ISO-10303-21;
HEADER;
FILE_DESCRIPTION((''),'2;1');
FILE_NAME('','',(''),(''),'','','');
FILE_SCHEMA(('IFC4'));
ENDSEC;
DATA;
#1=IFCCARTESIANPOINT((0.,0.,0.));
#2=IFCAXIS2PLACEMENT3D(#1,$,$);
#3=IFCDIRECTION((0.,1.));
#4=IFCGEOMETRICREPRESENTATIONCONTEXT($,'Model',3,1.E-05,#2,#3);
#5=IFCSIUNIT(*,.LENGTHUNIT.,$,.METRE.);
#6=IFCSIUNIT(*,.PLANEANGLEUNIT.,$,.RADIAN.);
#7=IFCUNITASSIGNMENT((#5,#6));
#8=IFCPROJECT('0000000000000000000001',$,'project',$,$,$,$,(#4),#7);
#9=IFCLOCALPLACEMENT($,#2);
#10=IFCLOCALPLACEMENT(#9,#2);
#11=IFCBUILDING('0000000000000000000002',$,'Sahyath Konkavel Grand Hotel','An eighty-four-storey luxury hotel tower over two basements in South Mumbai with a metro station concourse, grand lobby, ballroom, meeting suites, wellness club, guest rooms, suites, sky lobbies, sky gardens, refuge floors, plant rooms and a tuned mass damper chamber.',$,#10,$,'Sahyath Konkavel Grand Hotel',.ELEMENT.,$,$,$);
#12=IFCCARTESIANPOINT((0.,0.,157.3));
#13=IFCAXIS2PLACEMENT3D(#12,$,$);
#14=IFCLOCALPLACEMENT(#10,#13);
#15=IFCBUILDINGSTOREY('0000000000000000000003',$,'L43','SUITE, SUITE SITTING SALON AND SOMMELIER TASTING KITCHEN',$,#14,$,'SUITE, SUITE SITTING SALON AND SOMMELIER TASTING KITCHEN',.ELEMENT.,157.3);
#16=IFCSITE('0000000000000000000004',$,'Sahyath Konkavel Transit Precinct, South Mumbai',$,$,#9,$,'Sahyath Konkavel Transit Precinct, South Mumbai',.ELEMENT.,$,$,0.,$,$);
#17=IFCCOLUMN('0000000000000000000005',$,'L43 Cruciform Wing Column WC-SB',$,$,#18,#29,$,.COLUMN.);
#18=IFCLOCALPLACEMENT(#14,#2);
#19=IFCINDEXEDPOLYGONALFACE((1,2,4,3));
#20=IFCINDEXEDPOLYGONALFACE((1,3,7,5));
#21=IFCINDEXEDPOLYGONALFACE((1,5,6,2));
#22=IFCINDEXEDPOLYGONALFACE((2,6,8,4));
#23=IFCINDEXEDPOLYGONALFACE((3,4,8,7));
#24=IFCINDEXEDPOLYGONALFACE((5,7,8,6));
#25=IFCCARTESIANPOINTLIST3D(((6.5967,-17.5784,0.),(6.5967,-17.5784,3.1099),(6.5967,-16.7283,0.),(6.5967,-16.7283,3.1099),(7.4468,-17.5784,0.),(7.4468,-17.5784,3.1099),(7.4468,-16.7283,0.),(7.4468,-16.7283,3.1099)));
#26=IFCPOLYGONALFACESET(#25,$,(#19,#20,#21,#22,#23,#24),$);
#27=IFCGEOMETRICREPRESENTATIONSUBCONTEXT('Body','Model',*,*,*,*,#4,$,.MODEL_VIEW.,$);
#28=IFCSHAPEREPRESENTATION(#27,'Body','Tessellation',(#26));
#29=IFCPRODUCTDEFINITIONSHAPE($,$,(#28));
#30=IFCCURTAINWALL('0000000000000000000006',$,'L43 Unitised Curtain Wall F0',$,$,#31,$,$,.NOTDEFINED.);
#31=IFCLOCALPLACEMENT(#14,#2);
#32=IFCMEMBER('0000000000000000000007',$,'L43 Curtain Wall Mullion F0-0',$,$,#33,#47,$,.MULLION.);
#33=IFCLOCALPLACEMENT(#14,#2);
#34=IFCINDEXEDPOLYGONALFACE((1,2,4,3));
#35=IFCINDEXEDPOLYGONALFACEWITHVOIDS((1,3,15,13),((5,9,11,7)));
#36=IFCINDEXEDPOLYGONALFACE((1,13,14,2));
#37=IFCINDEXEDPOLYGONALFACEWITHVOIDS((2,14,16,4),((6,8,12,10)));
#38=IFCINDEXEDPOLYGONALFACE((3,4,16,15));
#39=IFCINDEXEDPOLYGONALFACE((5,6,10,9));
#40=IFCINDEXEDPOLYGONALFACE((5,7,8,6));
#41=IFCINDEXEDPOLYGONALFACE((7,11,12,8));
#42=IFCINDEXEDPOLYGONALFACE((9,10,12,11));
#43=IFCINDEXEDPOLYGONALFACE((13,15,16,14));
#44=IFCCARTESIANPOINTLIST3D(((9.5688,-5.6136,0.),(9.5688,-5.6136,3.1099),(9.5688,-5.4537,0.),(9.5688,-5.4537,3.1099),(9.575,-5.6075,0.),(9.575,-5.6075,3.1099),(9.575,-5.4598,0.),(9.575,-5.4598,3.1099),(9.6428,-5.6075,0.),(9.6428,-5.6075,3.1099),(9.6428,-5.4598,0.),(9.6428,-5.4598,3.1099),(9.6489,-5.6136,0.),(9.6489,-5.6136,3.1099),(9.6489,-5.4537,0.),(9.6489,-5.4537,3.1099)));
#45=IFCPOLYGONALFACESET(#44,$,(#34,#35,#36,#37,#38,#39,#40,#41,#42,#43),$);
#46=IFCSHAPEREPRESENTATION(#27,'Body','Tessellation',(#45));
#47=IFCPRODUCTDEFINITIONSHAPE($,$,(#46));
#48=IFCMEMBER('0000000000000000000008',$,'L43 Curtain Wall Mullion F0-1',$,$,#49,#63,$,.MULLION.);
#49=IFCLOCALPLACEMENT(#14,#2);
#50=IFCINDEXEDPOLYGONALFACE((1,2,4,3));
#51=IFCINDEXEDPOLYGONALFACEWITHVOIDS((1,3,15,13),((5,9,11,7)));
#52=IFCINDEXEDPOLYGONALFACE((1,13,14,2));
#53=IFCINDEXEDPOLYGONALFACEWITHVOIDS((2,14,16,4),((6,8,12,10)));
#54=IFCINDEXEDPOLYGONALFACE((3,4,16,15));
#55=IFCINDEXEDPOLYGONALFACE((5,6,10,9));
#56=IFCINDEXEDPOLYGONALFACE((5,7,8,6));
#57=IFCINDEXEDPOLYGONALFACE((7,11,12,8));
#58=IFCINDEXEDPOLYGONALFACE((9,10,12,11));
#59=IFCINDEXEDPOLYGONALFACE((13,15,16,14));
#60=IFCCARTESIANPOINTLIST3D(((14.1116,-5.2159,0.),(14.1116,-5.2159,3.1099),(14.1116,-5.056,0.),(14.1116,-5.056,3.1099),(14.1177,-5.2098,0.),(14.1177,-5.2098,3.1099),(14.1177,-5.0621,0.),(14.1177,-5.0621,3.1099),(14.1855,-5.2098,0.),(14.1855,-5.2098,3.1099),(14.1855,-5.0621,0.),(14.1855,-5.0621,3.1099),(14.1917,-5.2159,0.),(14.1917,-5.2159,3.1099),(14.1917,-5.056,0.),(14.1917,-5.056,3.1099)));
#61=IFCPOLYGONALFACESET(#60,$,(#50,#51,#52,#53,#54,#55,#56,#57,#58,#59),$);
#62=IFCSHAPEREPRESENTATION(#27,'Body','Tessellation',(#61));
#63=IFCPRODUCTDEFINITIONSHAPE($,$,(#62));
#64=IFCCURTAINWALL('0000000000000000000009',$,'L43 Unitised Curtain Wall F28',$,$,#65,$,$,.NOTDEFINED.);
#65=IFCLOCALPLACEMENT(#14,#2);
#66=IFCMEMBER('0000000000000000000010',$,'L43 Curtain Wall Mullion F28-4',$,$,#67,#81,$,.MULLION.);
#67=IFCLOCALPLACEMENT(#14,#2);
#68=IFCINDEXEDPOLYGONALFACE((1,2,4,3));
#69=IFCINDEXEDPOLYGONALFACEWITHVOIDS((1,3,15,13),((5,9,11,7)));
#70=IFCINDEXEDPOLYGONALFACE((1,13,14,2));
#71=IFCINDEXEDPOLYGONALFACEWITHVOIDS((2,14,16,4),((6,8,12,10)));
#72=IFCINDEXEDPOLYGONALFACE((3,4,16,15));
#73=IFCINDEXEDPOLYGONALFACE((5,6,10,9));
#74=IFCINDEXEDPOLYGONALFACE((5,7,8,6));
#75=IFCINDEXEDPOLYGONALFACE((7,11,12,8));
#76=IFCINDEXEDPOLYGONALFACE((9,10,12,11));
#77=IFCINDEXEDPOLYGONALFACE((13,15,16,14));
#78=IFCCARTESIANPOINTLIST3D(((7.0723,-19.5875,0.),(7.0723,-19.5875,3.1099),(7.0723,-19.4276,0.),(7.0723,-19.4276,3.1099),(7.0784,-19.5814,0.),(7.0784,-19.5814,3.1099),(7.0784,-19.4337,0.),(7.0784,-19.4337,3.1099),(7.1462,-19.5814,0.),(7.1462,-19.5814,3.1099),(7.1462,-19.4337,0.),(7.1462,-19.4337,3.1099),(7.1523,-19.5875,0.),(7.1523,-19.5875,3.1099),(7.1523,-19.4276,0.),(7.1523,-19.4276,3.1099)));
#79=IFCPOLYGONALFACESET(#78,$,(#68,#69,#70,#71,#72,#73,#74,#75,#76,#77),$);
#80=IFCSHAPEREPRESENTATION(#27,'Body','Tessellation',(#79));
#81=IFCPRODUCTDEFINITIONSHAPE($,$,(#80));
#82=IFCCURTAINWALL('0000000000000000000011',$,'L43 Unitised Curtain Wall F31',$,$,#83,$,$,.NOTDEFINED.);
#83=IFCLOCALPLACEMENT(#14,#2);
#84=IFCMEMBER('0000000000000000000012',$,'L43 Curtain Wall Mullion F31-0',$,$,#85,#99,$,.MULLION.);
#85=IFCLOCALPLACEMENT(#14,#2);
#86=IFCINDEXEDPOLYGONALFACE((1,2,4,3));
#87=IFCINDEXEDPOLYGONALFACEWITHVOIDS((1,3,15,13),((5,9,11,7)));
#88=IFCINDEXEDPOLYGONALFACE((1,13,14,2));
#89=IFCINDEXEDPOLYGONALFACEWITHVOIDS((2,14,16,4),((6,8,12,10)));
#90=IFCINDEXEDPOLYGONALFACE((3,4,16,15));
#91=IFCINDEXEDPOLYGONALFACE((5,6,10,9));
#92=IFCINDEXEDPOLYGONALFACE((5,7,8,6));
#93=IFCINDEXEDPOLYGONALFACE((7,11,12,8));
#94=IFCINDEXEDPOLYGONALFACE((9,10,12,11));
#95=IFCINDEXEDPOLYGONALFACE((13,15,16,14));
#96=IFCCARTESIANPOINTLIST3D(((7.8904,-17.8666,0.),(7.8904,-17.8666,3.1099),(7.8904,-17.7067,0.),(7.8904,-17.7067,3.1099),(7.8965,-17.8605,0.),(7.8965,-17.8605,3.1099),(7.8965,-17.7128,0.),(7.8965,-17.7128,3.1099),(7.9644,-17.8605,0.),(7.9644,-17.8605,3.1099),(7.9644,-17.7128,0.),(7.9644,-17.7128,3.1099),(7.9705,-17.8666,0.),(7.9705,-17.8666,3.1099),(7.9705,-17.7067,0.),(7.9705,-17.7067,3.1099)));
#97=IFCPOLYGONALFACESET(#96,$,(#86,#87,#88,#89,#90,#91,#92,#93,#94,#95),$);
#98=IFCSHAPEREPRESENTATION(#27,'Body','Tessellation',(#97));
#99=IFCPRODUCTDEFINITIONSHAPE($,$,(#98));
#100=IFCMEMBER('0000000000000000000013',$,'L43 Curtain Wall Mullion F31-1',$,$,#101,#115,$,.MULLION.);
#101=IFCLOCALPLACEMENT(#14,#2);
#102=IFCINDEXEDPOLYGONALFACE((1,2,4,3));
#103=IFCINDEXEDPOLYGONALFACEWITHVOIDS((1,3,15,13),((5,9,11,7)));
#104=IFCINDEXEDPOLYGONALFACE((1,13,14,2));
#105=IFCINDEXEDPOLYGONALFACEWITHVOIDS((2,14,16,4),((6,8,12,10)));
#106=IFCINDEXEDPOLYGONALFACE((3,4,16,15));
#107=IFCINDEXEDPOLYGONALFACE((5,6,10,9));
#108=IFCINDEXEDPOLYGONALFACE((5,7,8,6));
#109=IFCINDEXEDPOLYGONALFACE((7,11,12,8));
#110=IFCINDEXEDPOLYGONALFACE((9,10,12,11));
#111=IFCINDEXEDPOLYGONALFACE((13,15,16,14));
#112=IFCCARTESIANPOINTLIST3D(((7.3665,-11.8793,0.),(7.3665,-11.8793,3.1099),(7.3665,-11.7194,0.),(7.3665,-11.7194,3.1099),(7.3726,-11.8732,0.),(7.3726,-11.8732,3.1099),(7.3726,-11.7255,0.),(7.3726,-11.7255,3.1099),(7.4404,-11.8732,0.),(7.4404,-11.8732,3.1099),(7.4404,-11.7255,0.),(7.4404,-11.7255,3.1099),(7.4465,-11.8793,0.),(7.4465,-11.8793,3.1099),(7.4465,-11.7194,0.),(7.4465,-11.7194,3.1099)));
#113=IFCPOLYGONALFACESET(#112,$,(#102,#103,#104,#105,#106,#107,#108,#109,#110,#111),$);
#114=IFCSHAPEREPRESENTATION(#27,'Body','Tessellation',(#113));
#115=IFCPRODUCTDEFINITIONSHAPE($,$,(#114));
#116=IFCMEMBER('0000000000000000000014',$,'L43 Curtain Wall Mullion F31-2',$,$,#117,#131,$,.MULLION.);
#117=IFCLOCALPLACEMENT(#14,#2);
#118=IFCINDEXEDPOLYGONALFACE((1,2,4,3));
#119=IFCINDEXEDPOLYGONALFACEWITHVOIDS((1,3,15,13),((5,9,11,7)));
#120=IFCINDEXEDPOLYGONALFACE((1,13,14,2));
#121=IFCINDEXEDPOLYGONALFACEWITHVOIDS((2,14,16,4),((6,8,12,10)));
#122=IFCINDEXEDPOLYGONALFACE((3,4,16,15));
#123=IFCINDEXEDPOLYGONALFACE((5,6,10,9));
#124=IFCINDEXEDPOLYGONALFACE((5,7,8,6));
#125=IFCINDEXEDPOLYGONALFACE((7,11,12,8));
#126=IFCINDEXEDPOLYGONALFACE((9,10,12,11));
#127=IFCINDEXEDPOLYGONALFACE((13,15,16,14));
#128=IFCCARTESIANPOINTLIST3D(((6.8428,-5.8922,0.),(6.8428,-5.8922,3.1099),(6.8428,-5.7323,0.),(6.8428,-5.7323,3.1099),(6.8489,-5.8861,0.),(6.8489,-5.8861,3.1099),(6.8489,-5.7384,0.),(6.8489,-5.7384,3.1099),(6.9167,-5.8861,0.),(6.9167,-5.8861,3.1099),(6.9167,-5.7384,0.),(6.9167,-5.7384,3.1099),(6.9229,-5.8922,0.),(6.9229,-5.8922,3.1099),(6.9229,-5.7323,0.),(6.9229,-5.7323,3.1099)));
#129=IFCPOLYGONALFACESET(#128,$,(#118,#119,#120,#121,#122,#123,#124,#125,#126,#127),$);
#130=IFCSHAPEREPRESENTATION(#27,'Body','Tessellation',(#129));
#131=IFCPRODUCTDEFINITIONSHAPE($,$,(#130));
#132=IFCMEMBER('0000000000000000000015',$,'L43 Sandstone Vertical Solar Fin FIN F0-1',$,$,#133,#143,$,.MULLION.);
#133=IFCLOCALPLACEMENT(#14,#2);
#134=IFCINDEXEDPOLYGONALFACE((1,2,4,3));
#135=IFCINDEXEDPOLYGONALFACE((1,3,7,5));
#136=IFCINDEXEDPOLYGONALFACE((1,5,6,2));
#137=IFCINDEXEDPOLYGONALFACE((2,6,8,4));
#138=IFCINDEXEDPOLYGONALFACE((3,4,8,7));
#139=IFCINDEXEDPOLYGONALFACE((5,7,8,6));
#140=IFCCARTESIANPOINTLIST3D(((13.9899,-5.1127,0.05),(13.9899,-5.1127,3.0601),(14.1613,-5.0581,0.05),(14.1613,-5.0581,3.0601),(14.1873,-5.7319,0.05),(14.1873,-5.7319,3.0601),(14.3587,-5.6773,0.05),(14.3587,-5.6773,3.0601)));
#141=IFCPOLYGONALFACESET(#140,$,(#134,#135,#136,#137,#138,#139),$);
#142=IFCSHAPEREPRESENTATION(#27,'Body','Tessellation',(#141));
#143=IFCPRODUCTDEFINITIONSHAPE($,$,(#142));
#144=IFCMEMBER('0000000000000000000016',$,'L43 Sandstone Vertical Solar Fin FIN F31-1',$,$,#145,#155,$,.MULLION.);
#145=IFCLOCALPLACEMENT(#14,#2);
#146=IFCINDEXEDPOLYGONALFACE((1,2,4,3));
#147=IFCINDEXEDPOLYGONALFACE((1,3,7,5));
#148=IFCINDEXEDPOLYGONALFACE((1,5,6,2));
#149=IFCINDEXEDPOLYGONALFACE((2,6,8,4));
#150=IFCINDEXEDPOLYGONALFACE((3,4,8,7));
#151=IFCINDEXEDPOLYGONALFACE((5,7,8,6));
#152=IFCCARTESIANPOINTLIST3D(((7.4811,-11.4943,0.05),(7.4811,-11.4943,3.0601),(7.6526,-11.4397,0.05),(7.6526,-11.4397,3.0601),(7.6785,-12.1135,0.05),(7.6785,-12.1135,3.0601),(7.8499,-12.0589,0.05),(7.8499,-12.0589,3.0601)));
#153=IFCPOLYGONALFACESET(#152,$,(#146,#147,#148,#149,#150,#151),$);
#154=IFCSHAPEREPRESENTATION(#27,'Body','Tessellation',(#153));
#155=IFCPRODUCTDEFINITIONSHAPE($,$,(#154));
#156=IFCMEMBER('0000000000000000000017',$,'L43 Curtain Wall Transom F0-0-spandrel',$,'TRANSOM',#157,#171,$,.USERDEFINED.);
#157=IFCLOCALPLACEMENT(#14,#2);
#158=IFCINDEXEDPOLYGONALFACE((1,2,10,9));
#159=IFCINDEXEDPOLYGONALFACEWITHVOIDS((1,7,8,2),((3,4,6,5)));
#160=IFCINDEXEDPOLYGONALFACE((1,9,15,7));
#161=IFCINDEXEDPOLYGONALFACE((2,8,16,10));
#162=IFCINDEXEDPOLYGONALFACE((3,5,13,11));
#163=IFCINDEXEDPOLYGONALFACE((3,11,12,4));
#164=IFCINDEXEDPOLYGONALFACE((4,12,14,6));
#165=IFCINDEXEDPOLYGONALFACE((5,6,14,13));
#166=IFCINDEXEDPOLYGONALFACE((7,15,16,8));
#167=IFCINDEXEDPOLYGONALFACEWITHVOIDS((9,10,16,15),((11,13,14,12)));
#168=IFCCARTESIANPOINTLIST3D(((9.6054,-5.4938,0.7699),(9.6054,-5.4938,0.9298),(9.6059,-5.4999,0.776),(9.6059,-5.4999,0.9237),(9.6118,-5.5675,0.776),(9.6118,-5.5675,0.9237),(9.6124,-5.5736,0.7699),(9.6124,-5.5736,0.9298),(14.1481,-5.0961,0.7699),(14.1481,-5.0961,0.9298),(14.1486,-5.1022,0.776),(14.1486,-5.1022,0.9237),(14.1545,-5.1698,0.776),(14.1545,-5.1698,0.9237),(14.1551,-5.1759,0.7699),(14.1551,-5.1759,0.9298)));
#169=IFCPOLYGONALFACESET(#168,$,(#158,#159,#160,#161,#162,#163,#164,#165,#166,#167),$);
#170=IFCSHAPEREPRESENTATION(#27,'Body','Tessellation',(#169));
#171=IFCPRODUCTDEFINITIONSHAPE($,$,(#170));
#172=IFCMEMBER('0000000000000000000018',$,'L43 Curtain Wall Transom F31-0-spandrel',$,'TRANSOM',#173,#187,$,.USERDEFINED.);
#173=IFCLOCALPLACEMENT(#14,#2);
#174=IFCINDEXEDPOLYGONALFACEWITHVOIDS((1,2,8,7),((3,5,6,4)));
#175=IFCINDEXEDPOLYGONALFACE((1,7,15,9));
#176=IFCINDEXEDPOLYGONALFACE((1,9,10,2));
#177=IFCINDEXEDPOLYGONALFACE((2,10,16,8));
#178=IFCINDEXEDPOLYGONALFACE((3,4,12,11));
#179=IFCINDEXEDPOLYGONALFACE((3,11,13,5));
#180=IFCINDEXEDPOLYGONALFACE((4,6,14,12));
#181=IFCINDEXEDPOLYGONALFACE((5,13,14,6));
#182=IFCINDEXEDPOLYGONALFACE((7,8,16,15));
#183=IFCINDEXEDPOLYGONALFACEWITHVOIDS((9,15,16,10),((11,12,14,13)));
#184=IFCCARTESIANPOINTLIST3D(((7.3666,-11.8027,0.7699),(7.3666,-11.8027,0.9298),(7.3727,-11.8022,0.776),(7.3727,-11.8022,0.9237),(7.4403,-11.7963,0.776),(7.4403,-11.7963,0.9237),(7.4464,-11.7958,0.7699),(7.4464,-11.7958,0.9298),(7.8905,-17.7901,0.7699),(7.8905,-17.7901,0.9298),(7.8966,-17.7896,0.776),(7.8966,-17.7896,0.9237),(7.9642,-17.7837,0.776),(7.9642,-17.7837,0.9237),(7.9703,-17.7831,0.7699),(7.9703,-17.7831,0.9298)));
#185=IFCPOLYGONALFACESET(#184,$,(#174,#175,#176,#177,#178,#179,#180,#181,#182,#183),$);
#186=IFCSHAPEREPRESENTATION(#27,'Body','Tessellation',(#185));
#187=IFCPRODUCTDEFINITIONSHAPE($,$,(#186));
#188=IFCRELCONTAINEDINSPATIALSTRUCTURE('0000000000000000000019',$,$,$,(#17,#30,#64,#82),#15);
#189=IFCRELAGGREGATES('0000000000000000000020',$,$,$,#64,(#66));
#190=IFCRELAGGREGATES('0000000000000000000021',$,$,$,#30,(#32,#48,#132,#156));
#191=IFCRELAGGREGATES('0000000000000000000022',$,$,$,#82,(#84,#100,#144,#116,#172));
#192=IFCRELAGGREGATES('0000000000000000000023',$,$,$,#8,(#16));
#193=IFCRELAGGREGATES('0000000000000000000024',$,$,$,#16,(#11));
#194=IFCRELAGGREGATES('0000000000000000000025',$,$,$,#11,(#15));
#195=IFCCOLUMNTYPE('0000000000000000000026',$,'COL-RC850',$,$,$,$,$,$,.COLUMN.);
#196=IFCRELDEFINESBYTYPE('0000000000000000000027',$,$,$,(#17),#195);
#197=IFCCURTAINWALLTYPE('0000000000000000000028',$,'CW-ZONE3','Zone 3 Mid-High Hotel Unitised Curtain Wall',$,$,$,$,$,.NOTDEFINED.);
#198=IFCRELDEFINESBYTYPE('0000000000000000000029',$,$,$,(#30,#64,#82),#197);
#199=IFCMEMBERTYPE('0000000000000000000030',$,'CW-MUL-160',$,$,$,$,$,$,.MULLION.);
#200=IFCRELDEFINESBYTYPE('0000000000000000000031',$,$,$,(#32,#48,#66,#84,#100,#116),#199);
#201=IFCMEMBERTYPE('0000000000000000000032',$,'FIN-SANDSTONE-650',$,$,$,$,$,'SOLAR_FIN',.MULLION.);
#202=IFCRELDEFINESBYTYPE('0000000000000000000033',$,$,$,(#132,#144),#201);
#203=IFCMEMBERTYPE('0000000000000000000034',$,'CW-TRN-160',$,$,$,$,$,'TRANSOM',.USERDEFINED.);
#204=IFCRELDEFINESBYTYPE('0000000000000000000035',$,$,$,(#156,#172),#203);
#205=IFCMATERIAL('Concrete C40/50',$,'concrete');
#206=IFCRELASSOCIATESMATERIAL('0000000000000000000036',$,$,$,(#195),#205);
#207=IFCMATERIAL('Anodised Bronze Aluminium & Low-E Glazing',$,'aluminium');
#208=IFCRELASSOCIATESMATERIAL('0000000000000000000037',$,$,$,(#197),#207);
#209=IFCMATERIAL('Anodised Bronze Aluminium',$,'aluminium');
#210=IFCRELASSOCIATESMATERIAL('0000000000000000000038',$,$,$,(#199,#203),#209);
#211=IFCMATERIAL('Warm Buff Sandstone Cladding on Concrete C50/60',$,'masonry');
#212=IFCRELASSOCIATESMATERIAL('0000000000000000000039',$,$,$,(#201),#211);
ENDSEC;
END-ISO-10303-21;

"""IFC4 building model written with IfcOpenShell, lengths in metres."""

from ifc_helpers import new_model, si_unit, direction, frame, origin, origin_2d, place, context, subcontext, project, spatial, rectangle, hollow_rectangle, extrude, source, transform, mapped, material, material_profile, profile_set, type_object, element, aggregate, save


model = new_model("IFC4")

# Units and contexts
model_context = context("Model", 3, precision=1e-05, world=origin(), true_north=direction((0.0, 1.0)))
body_context = subcontext(model_context, "Body", "Model", "MODEL_VIEW")
ifc_project = project(units=[si_unit("LENGTHUNIT", "METRE"), si_unit("PLANEANGLEUNIT", "RADIAN")], contexts=[model_context])

# Site, building, storey
site_placement = place(None, origin())
site = spatial("IfcSite", under=ifc_project, at=site_placement, Name="Sahyath Konkavel Transit Precinct, South Mumbai", LongName="Sahyath Konkavel Transit Precinct, South Mumbai", CompositionType="ELEMENT", RefElevation=0.0)
building_placement = place(site_placement, origin())
building = spatial("IfcBuilding", under=site, at=building_placement, Name="Sahyath Konkavel Grand Hotel", Description="An eighty-four-storey luxury hotel tower over two basements in South Mumbai with a metro station concourse, grand lobby, ballroom, meeting suites, wellness club, guest rooms, suites, sky lobbies, sky gardens, refuge floors, plant rooms and a tuned mass damper chamber.", LongName="Sahyath Konkavel Grand Hotel", CompositionType="ELEMENT")
storey_placement = place(building_placement, frame((0.0, 0.0, 157.3)))
storey = spatial("IfcBuildingStorey", under=building, at=storey_placement, Name="L43", Description="SUITE, SUITE SITTING SALON AND SOMMELIER TASTING KITCHEN", LongName="SUITE, SUITE SITTING SALON AND SOMMELIER TASTING KITCHEN", CompositionType="ELEMENT", Elevation=157.3)

# Column
ifc_material_1 = material(Name="Concrete C40/50", Category="concrete")
ifc_material_profile_1 = material_profile(ifc_material_1, rectangle(XDim=0.8501, YDim=0.8501, at=origin_2d()), Name="RC 850x850")
ifc_profile_set_1 = profile_set([ifc_material_profile_1], Name="Concrete C40/50")
column_type = type_object("IfcColumnType", Name="COL-RC850", PredefinedType="COLUMN", material=ifc_profile_set_1)
shared_shape_1 = source(origin(), body_context, "Body", "SweptSolid", [
    extrude(rectangle(XDim=0.8501, YDim=0.8501, at=origin_2d()), origin(), (0.0, 0.0, 1.0), 3.1099),
])
column_placement = place(storey_placement, frame((7.0217, -17.1533, 0.0), z_axis=(0.0, 0.0, 1.0), x_axis=(1.0, 0.0, 0.0)))
element("IfcColumn", 1, at=column_placement, inside=storey, type_object=column_type, Name="L43 Cruciform Wing Column WC-SB", PredefinedType="COLUMN", context=body_context, shape_type="MappedRepresentation", body=[
    mapped(shared_shape_1, transform((0.0, 0.0, 0.0), scale=1.0)),
])

# Curtain wall, members
ifc_material_2 = material(Name="Anodised Bronze Aluminium & Low-E Glazing", Category="aluminium")
curtain_wall_type = type_object("IfcCurtainWallType", Name="CW-ZONE3", Description="Zone 3 Mid-High Hotel Unitised Curtain Wall", PredefinedType="NOTDEFINED", material=ifc_material_2)
curtain_wall_1_placement = place(storey_placement, origin())
curtain_wall_1 = element("IfcCurtainWall", 2, at=curtain_wall_1_placement, inside=storey, type_object=curtain_wall_type, Name="L43 Unitised Curtain Wall F0", PredefinedType="NOTDEFINED")
ifc_material_3 = material(Name="Anodised Bronze Aluminium", Category="aluminium")
ifc_material_profile_2 = material_profile(ifc_material_3, hollow_rectangle(XDim=0.0801, YDim=0.1599, WallThickness=0.0061, at=origin_2d()), Name="RHS 160x80x6")
ifc_profile_set_2 = profile_set([ifc_material_profile_2], Name="Anodised Bronze Aluminium")
member_type_1 = type_object("IfcMemberType", Name="CW-MUL-160", PredefinedType="MULLION", material=ifc_profile_set_2)
shared_shape_2 = source(origin(), body_context, "Body", "SweptSolid", [
    extrude(hollow_rectangle(XDim=0.0801, YDim=0.1599, WallThickness=0.0061, at=origin_2d()), origin(), (0.0, 0.0, 1.0), 3.1099),
])
member_1_placement = place(storey_placement, frame((9.6089, -5.5337, 0.0), z_axis=(0.0, 0.0, 1.0), x_axis=(1.0, 0.0, 0.0)))
member_1 = element("IfcMember", 3, at=member_1_placement, type_object=member_type_1, Name="L43 Curtain Wall Mullion F0-0", PredefinedType="MULLION", context=body_context, shape_type="MappedRepresentation", body=[
    mapped(shared_shape_2, transform((0.0, 0.0, 0.0), scale=1.0)),
])
member_2_placement = place(storey_placement, frame((14.1516, -5.136, 0.0), z_axis=(0.0, 0.0, 1.0), x_axis=(1.0, 0.0, 0.0)))
member_2 = element("IfcMember", 4, at=member_2_placement, type_object=member_type_1, Name="L43 Curtain Wall Mullion F0-1", PredefinedType="MULLION", context=body_context, shape_type="MappedRepresentation", body=[
    mapped(shared_shape_2, transform((0.0, 0.0, 0.0), scale=1.0)),
])

# Curtain wall, member
curtain_wall_2_placement = place(storey_placement, origin())
curtain_wall_2 = element("IfcCurtainWall", 5, at=curtain_wall_2_placement, inside=storey, type_object=curtain_wall_type, Name="L43 Unitised Curtain Wall F28", PredefinedType="NOTDEFINED")
member_3_placement = place(storey_placement, frame((7.1123, -19.5076, 0.0), z_axis=(0.0, 0.0, 1.0), x_axis=(1.0, 0.0, 0.0)))
member_3 = element("IfcMember", 6, at=member_3_placement, type_object=member_type_1, Name="L43 Curtain Wall Mullion F28-4", PredefinedType="MULLION", context=body_context, shape_type="MappedRepresentation", body=[
    mapped(shared_shape_2, transform((0.0, 0.0, 0.0), scale=1.0)),
])
aggregate(curtain_wall_2, [member_3])

# Curtain wall, members
curtain_wall_3_placement = place(storey_placement, origin())
curtain_wall_3 = element("IfcCurtainWall", 7, at=curtain_wall_3_placement, inside=storey, type_object=curtain_wall_type, Name="L43 Unitised Curtain Wall F31", PredefinedType="NOTDEFINED")
member_4_placement = place(storey_placement, frame((7.9304, -17.7866, 0.0), z_axis=(0.0, 0.0, 1.0), x_axis=(1.0, 0.0, 0.0)))
member_4 = element("IfcMember", 8, at=member_4_placement, type_object=member_type_1, Name="L43 Curtain Wall Mullion F31-0", PredefinedType="MULLION", context=body_context, shape_type="MappedRepresentation", body=[
    mapped(shared_shape_2, transform((0.0, 0.0, 0.0), scale=1.0)),
])
member_5_placement = place(storey_placement, frame((7.4065, -11.7993, 0.0), z_axis=(0.0, 0.0, 1.0), x_axis=(1.0, 0.0, 0.0)))
member_5 = element("IfcMember", 9, at=member_5_placement, type_object=member_type_1, Name="L43 Curtain Wall Mullion F31-1", PredefinedType="MULLION", context=body_context, shape_type="MappedRepresentation", body=[
    mapped(shared_shape_2, transform((0.0, 0.0, 0.0), scale=1.0)),
])
member_6_placement = place(storey_placement, frame((6.8828, -5.8123, 0.0), z_axis=(0.0, 0.0, 1.0), x_axis=(1.0, 0.0, 0.0)))
member_6 = element("IfcMember", 10, at=member_6_placement, type_object=member_type_1, Name="L43 Curtain Wall Mullion F31-2", PredefinedType="MULLION", context=body_context, shape_type="MappedRepresentation", body=[
    mapped(shared_shape_2, transform((0.0, 0.0, 0.0), scale=1.0)),
])

# Members
ifc_material_4 = material(Name="Warm Buff Sandstone Cladding on Concrete C50/60", Category="masonry")
ifc_material_profile_3 = material_profile(ifc_material_4, rectangle(XDim=0.1799, YDim=0.6499, at=origin_2d()), Name="FIN 180x650")
ifc_profile_set_3 = profile_set([ifc_material_profile_3], Name="Warm Buff Sandstone Cladding on Concrete C50/60")
member_type_2 = type_object("IfcMemberType", Name="FIN-SANDSTONE-650", ElementType="SOLAR_FIN", PredefinedType="MULLION", material=ifc_profile_set_3)
shared_shape_3 = source(origin(), body_context, "Body", "SweptSolid", [
    extrude(rectangle(XDim=0.1799, YDim=0.6499, at=origin_2d()), origin(), (0.0, 0.0, 1.0), 3.01),
])
member_7_placement = place(storey_placement, frame((14.1743, -5.395, 0.05), z_axis=(0.0, 0.0, 1.0), x_axis=(0.952768, 0.303701, 0.0)))
member_7 = element("IfcMember", 11, at=member_7_placement, type_object=member_type_2, Name="L43 Sandstone Vertical Solar Fin FIN F0-1", PredefinedType="MULLION", context=body_context, shape_type="MappedRepresentation", body=[
    mapped(shared_shape_3, transform((0.0, 0.0, 0.0), scale=1.0)),
])
member_8_placement = place(storey_placement, frame((7.6655, -11.7766, 0.05), z_axis=(0.0, 0.0, 1.0), x_axis=(0.952768, 0.303701, 0.0)))
member_8 = element("IfcMember", 12, at=member_8_placement, type_object=member_type_2, Name="L43 Sandstone Vertical Solar Fin FIN F31-1", PredefinedType="MULLION", context=body_context, shape_type="MappedRepresentation", body=[
    mapped(shared_shape_3, transform((0.0, 0.0, 0.0), scale=1.0)),
])
ifc_material_profile_4 = material_profile(ifc_material_3, hollow_rectangle(XDim=0.0801, YDim=0.1599, WallThickness=0.0061, at=origin_2d()), Name="RHS 160x80x6")
ifc_profile_set_4 = profile_set([ifc_material_profile_4], Name="Anodised Bronze Aluminium")
member_type_3 = type_object("IfcMemberType", Name="CW-TRN-160", ElementType="TRANSOM", PredefinedType="USERDEFINED", material=ifc_profile_set_4)
shared_shape_4 = source(origin(), body_context, "Body", "SweptSolid", [
    extrude(hollow_rectangle(XDim=0.0801, YDim=0.1599, WallThickness=0.0061, at=origin_2d()), origin(), (0.0, 0.0, 1.0), 4.5601),
])
member_9_placement = place(storey_placement, frame((9.6089, -5.5337, 0.8499), z_axis=(0.99619, 0.087214, 0.0), x_axis=(-0.087214, 0.99619, 0.0)))
member_9 = element("IfcMember", 13, at=member_9_placement, type_object=member_type_3, Name="L43 Curtain Wall Transom F0-0-spandrel", ObjectType="TRANSOM", PredefinedType="USERDEFINED", context=body_context, shape_type="MappedRepresentation", body=[
    mapped(shared_shape_4, transform((0.0, 0.0, 0.0), scale=1.0)),
])
shared_shape_5 = source(origin(), body_context, "Body", "SweptSolid", [
    extrude(hollow_rectangle(XDim=0.0801, YDim=0.1599, WallThickness=0.0061, at=origin_2d()), origin(), (0.0, 0.0, 1.0), 6.0103),
])
member_10_placement = place(storey_placement, frame((7.9304, -17.7866, 0.8499), z_axis=(-0.087173, 0.996193, 0.0), x_axis=(-0.996193, -0.087173, 0.0)))
member_10 = element("IfcMember", 14, at=member_10_placement, type_object=member_type_3, Name="L43 Curtain Wall Transom F31-0-spandrel", ObjectType="TRANSOM", PredefinedType="USERDEFINED", context=body_context, shape_type="MappedRepresentation", body=[
    mapped(shared_shape_5, transform((0.0, 0.0, 0.0), scale=1.0)),
])

aggregate(curtain_wall_1, [member_1, member_2, member_7, member_9])
aggregate(curtain_wall_3, [member_4, member_5, member_8, member_6, member_10])

save(model, "model.ifc")
